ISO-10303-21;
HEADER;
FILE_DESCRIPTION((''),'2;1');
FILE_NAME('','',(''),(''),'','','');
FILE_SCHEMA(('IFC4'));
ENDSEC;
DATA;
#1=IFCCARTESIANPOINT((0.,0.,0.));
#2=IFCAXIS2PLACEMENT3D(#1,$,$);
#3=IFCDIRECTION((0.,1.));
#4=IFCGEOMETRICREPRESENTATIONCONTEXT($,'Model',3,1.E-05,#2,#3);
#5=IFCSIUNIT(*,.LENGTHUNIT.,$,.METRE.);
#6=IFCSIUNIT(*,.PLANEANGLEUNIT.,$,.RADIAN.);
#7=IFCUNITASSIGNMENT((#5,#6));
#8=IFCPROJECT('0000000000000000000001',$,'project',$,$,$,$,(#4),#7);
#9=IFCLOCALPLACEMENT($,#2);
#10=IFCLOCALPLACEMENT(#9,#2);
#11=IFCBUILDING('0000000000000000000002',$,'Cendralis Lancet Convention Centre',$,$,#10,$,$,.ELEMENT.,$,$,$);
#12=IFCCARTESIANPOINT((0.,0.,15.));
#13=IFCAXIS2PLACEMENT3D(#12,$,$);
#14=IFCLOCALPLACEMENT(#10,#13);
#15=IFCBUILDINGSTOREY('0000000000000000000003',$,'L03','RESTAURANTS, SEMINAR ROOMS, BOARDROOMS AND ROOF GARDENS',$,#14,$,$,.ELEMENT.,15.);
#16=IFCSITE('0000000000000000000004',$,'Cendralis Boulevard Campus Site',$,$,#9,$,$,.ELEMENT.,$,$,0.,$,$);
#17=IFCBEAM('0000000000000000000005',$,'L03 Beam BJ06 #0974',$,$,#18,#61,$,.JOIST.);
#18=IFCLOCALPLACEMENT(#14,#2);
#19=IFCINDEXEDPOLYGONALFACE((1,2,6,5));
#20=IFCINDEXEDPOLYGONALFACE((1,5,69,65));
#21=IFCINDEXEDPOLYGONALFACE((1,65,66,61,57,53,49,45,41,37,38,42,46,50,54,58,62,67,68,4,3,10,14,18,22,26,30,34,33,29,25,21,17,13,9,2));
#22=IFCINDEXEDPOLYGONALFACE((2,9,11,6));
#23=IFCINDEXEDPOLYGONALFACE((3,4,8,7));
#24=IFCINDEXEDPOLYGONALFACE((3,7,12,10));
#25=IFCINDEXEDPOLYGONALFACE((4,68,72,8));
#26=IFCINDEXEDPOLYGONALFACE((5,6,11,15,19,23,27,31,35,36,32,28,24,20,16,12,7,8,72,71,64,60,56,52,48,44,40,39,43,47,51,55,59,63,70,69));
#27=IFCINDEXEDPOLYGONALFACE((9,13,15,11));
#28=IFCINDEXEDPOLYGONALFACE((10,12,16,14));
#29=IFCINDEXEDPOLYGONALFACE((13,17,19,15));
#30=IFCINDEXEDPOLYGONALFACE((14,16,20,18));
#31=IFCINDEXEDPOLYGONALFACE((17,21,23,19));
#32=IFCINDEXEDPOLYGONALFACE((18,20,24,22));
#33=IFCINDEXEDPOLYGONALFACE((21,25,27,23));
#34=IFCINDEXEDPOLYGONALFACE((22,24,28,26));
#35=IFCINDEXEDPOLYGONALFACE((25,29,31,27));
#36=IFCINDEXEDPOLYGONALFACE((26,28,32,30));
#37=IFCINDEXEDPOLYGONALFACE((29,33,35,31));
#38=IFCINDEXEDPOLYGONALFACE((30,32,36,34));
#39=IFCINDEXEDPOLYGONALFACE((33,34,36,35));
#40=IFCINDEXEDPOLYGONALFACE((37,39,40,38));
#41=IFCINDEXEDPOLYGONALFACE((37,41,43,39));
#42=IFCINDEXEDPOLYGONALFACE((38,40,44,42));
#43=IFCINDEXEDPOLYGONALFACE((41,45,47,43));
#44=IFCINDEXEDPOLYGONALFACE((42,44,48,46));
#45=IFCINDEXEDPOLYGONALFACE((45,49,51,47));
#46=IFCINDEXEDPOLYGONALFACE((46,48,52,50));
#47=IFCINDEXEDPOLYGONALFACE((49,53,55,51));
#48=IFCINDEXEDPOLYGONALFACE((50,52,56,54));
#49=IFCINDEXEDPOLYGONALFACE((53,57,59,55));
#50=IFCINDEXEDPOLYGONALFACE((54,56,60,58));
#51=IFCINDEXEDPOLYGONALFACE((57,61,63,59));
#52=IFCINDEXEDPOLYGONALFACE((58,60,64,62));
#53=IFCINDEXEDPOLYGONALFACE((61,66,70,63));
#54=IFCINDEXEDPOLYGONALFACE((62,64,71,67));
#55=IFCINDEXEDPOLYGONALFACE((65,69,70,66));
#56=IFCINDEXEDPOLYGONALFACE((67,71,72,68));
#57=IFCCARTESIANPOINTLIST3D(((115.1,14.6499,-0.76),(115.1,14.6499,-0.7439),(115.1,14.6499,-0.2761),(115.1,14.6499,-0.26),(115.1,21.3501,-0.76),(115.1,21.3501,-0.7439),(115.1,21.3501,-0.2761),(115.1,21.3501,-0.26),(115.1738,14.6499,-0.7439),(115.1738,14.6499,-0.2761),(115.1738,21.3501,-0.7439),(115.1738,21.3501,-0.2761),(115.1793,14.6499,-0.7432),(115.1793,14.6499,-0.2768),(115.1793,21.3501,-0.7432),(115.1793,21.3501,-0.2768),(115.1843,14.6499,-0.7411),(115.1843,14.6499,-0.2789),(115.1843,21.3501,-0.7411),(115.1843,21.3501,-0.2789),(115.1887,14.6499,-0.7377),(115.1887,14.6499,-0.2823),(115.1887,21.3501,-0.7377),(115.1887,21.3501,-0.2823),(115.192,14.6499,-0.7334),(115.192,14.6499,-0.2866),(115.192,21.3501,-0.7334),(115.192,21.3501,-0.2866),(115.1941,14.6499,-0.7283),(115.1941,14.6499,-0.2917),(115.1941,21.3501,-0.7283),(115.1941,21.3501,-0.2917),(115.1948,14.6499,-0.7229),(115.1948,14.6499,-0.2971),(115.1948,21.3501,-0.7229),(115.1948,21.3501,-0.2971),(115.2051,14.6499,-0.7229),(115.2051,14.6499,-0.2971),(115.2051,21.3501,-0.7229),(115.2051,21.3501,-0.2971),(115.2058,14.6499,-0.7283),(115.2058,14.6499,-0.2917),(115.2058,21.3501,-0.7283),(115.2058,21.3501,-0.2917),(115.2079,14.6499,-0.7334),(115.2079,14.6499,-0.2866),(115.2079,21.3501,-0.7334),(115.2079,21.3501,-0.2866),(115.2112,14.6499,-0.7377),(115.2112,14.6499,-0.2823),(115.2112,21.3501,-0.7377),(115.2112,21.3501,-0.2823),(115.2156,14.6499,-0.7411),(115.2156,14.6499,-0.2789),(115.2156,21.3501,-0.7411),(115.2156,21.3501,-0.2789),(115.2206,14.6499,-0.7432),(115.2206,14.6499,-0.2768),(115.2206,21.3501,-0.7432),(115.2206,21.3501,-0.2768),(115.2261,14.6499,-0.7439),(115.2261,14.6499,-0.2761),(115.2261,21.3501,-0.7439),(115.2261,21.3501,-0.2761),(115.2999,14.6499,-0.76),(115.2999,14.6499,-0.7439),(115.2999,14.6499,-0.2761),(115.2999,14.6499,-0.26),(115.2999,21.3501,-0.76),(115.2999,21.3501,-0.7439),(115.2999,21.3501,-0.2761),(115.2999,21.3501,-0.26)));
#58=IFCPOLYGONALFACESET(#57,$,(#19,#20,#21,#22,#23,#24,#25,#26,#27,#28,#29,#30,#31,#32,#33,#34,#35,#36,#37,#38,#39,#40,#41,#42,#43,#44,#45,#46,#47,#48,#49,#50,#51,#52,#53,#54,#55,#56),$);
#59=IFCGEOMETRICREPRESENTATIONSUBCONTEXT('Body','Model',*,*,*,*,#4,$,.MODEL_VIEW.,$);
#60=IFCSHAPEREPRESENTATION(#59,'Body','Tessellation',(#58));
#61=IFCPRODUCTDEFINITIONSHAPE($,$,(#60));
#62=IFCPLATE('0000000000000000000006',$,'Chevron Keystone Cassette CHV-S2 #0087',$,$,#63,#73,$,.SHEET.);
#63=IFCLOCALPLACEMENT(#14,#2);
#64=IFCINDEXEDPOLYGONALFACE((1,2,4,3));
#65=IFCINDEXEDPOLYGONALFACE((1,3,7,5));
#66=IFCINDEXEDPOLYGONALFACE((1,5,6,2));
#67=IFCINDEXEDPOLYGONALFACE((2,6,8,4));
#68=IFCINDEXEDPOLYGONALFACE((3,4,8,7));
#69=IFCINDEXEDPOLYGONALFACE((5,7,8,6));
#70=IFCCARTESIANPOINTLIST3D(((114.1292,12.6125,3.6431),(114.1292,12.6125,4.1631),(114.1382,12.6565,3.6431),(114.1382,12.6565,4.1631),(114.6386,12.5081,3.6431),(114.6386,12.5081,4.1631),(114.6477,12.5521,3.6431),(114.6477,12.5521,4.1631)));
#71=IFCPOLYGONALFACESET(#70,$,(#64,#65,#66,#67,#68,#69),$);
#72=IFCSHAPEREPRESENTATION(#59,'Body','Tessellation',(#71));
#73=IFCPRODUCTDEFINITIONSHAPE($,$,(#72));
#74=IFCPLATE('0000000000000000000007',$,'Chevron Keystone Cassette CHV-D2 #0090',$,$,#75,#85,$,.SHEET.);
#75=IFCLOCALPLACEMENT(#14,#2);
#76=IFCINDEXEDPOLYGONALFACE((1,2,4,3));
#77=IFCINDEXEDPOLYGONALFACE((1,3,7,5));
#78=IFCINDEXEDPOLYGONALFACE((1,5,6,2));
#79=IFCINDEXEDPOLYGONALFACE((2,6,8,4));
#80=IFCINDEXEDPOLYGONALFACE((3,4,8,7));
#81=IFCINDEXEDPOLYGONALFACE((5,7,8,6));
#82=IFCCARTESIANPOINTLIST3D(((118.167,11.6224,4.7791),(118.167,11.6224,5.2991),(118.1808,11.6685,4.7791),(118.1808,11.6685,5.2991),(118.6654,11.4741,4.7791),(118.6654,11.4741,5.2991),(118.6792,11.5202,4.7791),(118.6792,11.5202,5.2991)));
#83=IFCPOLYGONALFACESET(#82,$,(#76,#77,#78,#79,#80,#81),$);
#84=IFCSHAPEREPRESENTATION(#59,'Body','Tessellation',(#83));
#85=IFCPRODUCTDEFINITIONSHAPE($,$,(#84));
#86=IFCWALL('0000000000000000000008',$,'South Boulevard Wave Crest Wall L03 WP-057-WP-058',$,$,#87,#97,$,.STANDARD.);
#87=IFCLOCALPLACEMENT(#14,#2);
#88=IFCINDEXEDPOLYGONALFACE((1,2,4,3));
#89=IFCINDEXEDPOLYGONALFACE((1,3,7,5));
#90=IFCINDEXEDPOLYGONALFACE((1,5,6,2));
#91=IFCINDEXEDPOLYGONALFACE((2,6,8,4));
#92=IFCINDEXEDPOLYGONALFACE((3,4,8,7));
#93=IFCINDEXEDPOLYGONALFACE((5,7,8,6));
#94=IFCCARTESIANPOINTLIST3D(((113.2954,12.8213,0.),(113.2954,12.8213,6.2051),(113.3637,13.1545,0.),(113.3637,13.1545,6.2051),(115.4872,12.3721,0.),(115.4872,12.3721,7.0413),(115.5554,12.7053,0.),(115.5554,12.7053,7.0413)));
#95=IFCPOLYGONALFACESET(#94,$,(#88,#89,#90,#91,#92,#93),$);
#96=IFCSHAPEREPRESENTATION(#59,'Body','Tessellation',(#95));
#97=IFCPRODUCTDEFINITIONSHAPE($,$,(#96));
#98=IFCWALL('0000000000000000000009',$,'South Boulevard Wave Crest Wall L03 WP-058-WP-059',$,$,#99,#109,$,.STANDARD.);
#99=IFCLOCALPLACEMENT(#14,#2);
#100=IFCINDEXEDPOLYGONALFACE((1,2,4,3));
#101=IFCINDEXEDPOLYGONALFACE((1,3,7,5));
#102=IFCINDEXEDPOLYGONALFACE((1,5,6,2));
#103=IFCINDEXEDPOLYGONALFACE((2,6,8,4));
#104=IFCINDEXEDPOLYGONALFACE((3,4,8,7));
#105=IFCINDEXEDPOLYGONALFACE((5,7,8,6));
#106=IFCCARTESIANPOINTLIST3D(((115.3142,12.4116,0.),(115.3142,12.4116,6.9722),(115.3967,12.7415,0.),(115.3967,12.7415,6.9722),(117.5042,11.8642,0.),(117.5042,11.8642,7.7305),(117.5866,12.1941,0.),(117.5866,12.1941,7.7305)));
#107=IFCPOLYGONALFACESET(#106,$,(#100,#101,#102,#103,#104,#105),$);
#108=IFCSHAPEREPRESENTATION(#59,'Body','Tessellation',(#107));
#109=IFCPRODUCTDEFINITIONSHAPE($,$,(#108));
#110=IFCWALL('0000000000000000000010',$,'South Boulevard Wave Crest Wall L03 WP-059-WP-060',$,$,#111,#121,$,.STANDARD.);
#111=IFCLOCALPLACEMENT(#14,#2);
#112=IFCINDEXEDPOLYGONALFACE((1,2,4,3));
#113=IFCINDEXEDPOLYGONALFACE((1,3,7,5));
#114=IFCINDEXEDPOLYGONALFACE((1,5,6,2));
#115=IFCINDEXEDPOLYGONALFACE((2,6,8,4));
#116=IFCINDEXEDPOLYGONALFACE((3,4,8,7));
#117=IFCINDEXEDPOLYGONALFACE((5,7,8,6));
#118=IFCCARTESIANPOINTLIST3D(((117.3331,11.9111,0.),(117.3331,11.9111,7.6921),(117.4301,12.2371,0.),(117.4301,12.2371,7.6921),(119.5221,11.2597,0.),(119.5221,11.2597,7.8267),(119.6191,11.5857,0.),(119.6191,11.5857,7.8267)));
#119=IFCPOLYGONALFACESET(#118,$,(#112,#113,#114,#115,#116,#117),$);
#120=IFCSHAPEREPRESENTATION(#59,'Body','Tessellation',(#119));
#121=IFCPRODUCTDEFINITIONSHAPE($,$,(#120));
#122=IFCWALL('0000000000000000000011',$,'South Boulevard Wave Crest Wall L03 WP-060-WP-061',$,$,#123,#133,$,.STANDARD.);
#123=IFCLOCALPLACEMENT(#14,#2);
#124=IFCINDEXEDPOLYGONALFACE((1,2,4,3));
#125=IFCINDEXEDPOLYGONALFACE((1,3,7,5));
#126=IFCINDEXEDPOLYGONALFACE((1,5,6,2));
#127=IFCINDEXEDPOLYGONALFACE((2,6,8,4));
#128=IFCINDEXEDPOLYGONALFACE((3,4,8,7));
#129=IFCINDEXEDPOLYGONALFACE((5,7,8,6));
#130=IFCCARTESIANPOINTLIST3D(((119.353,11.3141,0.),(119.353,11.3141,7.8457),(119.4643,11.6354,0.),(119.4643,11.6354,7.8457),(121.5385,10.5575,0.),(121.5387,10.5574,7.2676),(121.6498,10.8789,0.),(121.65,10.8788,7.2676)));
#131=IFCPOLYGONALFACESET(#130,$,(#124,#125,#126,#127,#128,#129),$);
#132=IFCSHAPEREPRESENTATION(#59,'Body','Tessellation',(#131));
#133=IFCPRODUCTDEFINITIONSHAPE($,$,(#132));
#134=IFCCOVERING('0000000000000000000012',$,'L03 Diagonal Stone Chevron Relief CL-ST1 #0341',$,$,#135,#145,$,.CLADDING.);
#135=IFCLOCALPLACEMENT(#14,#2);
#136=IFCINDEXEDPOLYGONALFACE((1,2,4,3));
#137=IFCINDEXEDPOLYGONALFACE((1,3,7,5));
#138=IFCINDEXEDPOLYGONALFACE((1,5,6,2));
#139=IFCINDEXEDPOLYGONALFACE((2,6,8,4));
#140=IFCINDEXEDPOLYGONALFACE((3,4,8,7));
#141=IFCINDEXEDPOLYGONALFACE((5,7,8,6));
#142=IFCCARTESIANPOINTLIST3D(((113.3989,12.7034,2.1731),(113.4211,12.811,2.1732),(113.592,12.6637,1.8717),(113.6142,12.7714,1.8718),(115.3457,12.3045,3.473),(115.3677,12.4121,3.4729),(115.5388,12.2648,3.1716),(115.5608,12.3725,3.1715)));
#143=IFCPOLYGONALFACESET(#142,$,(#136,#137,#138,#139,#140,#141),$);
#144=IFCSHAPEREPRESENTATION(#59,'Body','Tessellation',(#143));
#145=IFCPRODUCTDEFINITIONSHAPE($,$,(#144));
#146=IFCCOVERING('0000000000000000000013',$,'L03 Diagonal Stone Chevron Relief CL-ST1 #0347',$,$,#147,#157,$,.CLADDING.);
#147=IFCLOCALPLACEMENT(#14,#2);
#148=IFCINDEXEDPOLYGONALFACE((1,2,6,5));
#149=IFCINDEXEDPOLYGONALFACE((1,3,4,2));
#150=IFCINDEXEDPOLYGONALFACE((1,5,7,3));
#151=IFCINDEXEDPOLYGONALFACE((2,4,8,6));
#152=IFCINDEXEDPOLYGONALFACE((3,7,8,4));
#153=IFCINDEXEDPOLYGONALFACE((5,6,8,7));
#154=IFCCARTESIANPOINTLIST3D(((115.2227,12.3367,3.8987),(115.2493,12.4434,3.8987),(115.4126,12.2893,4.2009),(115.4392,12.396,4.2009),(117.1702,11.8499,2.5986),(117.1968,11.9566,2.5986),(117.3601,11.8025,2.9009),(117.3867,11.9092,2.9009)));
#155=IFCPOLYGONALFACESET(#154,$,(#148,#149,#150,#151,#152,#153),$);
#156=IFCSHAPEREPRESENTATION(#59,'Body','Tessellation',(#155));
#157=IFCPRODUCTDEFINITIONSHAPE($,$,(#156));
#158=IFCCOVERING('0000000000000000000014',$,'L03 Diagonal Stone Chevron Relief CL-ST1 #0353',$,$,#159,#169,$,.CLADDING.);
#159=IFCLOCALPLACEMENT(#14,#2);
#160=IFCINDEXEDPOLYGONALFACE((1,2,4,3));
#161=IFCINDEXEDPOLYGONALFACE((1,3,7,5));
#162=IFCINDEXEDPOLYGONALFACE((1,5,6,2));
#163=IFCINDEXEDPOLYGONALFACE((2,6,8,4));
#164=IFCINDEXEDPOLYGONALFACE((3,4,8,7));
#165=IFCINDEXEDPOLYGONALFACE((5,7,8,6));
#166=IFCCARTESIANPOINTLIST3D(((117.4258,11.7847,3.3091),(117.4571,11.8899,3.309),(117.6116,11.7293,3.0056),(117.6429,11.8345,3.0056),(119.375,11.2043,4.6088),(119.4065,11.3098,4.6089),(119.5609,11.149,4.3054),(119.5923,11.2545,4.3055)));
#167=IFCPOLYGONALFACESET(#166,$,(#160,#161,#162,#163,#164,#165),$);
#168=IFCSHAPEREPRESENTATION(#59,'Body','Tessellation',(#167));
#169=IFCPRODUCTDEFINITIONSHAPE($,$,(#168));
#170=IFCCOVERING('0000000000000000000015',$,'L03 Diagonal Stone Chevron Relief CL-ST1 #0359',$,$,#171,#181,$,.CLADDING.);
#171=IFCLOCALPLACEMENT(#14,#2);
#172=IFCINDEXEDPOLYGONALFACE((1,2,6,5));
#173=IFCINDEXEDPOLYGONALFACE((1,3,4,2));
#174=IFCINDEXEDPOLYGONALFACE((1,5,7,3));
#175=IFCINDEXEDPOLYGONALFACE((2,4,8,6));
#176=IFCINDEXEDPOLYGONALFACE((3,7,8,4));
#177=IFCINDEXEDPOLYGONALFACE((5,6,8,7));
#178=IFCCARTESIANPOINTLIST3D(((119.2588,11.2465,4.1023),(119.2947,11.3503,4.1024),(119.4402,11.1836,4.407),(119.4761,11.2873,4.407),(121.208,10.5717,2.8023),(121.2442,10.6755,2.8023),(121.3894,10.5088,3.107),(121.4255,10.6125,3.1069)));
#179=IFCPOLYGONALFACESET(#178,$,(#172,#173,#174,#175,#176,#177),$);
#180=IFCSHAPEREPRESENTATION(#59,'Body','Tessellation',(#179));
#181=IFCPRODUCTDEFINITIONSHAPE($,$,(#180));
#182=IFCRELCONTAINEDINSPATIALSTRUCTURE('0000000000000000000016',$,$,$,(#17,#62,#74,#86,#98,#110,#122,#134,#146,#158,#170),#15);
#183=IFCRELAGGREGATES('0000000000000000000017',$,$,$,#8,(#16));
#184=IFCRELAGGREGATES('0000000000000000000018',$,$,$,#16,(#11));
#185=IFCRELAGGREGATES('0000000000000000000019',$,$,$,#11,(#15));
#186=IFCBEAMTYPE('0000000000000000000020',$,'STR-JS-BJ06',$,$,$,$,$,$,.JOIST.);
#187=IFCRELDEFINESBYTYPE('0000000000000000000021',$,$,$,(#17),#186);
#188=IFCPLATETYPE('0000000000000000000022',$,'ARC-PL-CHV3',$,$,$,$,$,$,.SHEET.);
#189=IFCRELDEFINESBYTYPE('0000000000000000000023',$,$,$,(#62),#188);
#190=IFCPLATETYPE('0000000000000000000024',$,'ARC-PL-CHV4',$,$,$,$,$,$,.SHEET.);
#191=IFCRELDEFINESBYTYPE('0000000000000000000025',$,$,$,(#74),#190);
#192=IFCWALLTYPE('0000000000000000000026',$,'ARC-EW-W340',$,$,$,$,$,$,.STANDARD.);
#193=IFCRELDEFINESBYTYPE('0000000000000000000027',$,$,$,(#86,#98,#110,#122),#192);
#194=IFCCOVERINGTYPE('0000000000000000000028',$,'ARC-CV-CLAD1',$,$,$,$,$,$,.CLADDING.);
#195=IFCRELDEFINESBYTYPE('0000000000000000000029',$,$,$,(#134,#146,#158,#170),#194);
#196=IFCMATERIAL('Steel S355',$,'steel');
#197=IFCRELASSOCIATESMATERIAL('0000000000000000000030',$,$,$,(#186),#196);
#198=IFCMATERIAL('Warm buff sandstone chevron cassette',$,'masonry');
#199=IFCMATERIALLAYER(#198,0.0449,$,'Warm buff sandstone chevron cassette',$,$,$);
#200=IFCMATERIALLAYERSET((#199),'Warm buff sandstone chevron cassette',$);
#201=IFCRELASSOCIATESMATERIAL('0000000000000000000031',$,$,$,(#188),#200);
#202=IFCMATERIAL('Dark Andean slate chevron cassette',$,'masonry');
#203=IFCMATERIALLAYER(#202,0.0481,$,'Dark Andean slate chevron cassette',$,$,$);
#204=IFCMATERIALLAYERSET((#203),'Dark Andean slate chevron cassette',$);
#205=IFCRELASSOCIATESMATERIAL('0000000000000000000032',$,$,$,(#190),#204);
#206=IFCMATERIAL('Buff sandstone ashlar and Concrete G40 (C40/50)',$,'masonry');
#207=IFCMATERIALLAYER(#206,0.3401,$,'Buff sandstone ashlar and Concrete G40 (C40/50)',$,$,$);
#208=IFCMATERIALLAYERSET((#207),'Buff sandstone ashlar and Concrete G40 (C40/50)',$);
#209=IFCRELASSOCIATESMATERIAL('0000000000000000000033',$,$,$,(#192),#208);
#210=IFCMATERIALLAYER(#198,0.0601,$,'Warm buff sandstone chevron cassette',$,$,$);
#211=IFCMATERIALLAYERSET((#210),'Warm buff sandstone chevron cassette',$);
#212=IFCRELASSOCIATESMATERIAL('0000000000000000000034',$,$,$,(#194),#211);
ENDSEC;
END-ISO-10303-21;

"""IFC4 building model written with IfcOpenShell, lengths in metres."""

from ifc_helpers import new_model, si_unit, direction, frame, origin, origin_2d, place, context, subcontext, project, spatial, polyline, rectangle, i_section, outline, extrude, material, layer, layer_set, material_profile, profile_set, type_object, element, save


model = new_model("IFC4")

# Units and contexts
model_context = context("Model", 3, precision=1e-05, world=origin(), true_north=direction((0.0, 1.0)))
body_context = subcontext(model_context, "Body", "Model", "MODEL_VIEW")
ifc_project = project(units=[si_unit("LENGTHUNIT", "METRE"), si_unit("PLANEANGLEUNIT", "RADIAN")], contexts=[model_context])

# Site, building, storey
site_placement = place(None, origin())
site = spatial("IfcSite", under=ifc_project, at=site_placement, Name="Cendralis Boulevard Campus Site", CompositionType="ELEMENT", RefElevation=0.0)
building_placement = place(site_placement, origin())
building = spatial("IfcBuilding", under=site, at=building_placement, Name="Cendralis Lancet Convention Centre", CompositionType="ELEMENT")
storey_placement = place(building_placement, frame((0.0, 0.0, 15.0)))
storey = spatial("IfcBuildingStorey", under=building, at=storey_placement, Name="L03", Description="RESTAURANTS, SEMINAR ROOMS, BOARDROOMS AND ROOF GARDENS", CompositionType="ELEMENT", Elevation=15.0)

# Beam
ifc_material_1 = material(Name="Steel S355", Category="steel")
ifc_material_profile = material_profile(ifc_material_1, i_section(OverallWidth=0.2, OverallDepth=0.5, WebThickness=0.0103, FlangeThickness=0.0161, FilletRadius=0.021, at=origin_2d()), Name="IPE 500")
ifc_profile_set = profile_set([ifc_material_profile], Name="Steel S355")
beam_type = type_object("IfcBeamType", Name="STR-JS-BJ06", PredefinedType="JOIST", material=ifc_profile_set)
beam_placement = place(storey_placement, frame((115.2, 14.6499, -0.51), z_axis=(0.0, 1.0, 0.0), x_axis=(-1.0, 0.0, 0.0)))
element("IfcBeam", 1, at=beam_placement, inside=storey, type_object=beam_type, Name="L03 Beam BJ06 #0974", PredefinedType="JOIST", context=body_context, shape_type="SweptSolid", body=[
    extrude(i_section(OverallWidth=0.2, OverallDepth=0.5, WebThickness=0.0103, FlangeThickness=0.0161, FilletRadius=0.021, at=origin_2d()), origin(), (0.0, 0.0, 1.0), 6.7002),
])

# Plates
ifc_material_2 = material(Name="Warm buff sandstone chevron cassette", Category="masonry")
ifc_layer_1 = layer(ifc_material_2, 0.0449, Name="Warm buff sandstone chevron cassette")
ifc_layer_set_1 = layer_set([ifc_layer_1], Name="Warm buff sandstone chevron cassette")
plate_type_1 = type_object("IfcPlateType", Name="ARC-PL-CHV3", PredefinedType="SHEET", material=ifc_layer_set_1)
plate_1_placement = place(storey_placement, frame((114.3884, 12.5823, 3.6431), z_axis=(0.0, 0.0, 1.0), x_axis=(0.979638, -0.20077, 0.0)))
element("IfcPlate", 2, at=plate_1_placement, inside=storey, type_object=plate_type_1, Name="Chevron Keystone Cassette CHV-S2 #0087", PredefinedType="SHEET", context=body_context, shape_type="SweptSolid", body=[
    extrude(rectangle(XDim=0.52, YDim=0.0449, at=origin_2d()), origin(), (0.0, 0.0, 1.0), 0.52),
])
ifc_material_3 = material(Name="Dark Andean slate chevron cassette", Category="masonry")
ifc_layer_2 = layer(ifc_material_3, 0.0481, Name="Dark Andean slate chevron cassette")
ifc_layer_set_2 = layer_set([ifc_layer_2], Name="Dark Andean slate chevron cassette")
plate_type_2 = type_object("IfcPlateType", Name="ARC-PL-CHV4", PredefinedType="SHEET", material=ifc_layer_set_2)
plate_2_placement = place(storey_placement, frame((118.4231, 11.5713, 4.7791), z_axis=(0.0, 0.0, 1.0), x_axis=(0.958447, -0.28527, 0.0)))
element("IfcPlate", 3, at=plate_2_placement, inside=storey, type_object=plate_type_2, Name="Chevron Keystone Cassette CHV-D2 #0090", PredefinedType="SHEET", context=body_context, shape_type="SweptSolid", body=[
    extrude(rectangle(XDim=0.52, YDim=0.0481, at=origin_2d()), origin(), (0.0, 0.0, 1.0), 0.52),
])

# Walls
ifc_material_4 = material(Name="Buff sandstone ashlar and Concrete G40 (C40/50)", Category="masonry")
ifc_layer_3 = layer(ifc_material_4, 0.3401, Name="Buff sandstone ashlar and Concrete G40 (C40/50)")
ifc_layer_set_3 = layer_set([ifc_layer_3], Name="Buff sandstone ashlar and Concrete G40 (C40/50)")
wall_type = type_object("IfcWallType", Name="ARC-EW-W340", PredefinedType="STANDARD", material=ifc_layer_set_3)
wall_1_placement = place(storey_placement, frame((113.3296, 12.988, 0.0), z_axis=(0.0, 0.0, 1.0), x_axis=(0.979634, -0.200794, 0.0)))
element("IfcWall", 4, at=wall_1_placement, inside=storey, type_object=wall_type, Name="South Boulevard Wave Crest Wall L03 WP-057-WP-058", PredefinedType="STANDARD", context=body_context, shape_type="SweptSolid", body=[
    extrude(outline(polyline([(0.0, 0.0), (2.2373, 0.0), (2.2373, 7.0413), (0.0, 6.2051), (0.0, 0.0)])), frame((0.0, 0.1699, 0.0), z_axis=(0.0, -1.0, 0.0), x_axis=(1.0, 0.0, 0.0)), (0.0, 0.0, 1.0), 0.3401),
])
wall_2_placement = place(storey_placement, frame((115.3555, 12.5767, 0.0), z_axis=(0.0, 0.0, 1.0), x_axis=(0.970155, -0.242485, 0.0)))
element("IfcWall", 5, at=wall_2_placement, inside=storey, type_object=wall_type, Name="South Boulevard Wave Crest Wall L03 WP-058-WP-059", PredefinedType="STANDARD", context=body_context, shape_type="SweptSolid", body=[
    extrude(outline(polyline([(0.0, 0.0), (2.2573, 0.0), (2.2573, 7.7305), (0.0, 6.9722), (0.0, 0.0)])), frame((0.0, 0.1699, 0.0), z_axis=(0.0, -1.0, 0.0), x_axis=(1.0, 0.0, 0.0)), (0.0, 0.0, 1.0), 0.3401),
])
wall_3_placement = place(storey_placement, frame((117.3816, 12.0742, 0.0), z_axis=(0.0, 0.0, 1.0), x_axis=(0.958465, -0.285209, 0.0)))
element("IfcWall", 6, at=wall_3_placement, inside=storey, type_object=wall_type, Name="South Boulevard Wave Crest Wall L03 WP-059-WP-060", PredefinedType="STANDARD", context=body_context, shape_type="SweptSolid", body=[
    extrude(outline(polyline([(0.0, 0.0), (2.2839, 0.0), (2.2839, 7.8267), (0.0, 7.6921), (0.0, 0.0)])), frame((0.0, 0.1699, 0.0), z_axis=(0.0, -1.0, 0.0), x_axis=(1.0, 0.0, 0.0)), (0.0, 0.0, 1.0), 0.3401),
])
wall_4_placement = place(storey_placement, frame((119.4087, 11.4749, 0.0), z_axis=(0.0, 0.0, 1.0), x_axis=(0.944979, -0.327132, 0.0)))
element("IfcWall", 7, at=wall_4_placement, inside=storey, type_object=wall_type, Name="South Boulevard Wave Crest Wall L03 WP-060-WP-061", PredefinedType="STANDARD", context=body_context, shape_type="SweptSolid", body=[
    extrude(outline(polyline([(0.0, 0.0), (2.3127, 0.0), (2.313, 7.2676), (0.0, 7.8457), (0.0, 0.0)])), frame((0.0, 0.1699, 0.0), z_axis=(0.0, -1.0, 0.0), x_axis=(1.0, 0.0, 0.0)), (0.0, 0.0, 1.0), 0.3401),
])

# Coverings
ifc_layer_4 = layer(ifc_material_2, 0.0601, Name="Warm buff sandstone chevron cassette")
ifc_layer_set_4 = layer_set([ifc_layer_4], Name="Warm buff sandstone chevron cassette")
covering_type_1 = type_object("IfcCoveringType", Name="ARC-CV-CLAD1", PredefinedType="CLADDING", material=ifc_layer_set_4)
covering_1_placement = place(storey_placement, frame((113.3989, 12.7034, 2.1731), z_axis=(-0.536234, 0.110043, 0.836865), x_axis=(0.81983, -0.167996, 0.547409)))
element("IfcCovering", 8, at=covering_1_placement, inside=storey, type_object=covering_type_1, Name="L03 Diagonal Stone Chevron Relief CL-ST1 #0341", PredefinedType="CLADDING", context=body_context, shape_type="SweptSolid", body=[
    extrude(outline(polyline([(0.0, 0.0), (2.3746, 0.0), (2.3745, 0.1099), (0.0001, 0.1099), (0.0, 0.0)])), origin(), (0.0, 0.0, -1.0), 0.3601),
])
covering_2_placement = place(storey_placement, frame((115.4126, 12.2893, 4.2009), z_axis=(0.527423, -0.131554, 0.839356), x_axis=(0.814301, -0.20355, -0.543582)))
element("IfcCovering", 9, at=covering_2_placement, inside=storey, type_object=covering_type_1, Name="L03 Diagonal Stone Chevron Relief CL-ST1 #0347", PredefinedType="CLADDING", context=body_context, shape_type="SweptSolid", body=[
    extrude(outline(polyline([(0.0, 0.0), (2.3916, 0.0), (2.3916, 0.11), (0.0, 0.11), (0.0, 0.0)])), origin(), (0.0, 0.0, -1.0), 0.3601),
])
covering_3_placement = place(storey_placement, frame((117.4258, 11.7847, 3.3091), z_axis=(-0.516107, 0.153696, 0.842621), x_axis=(0.80759, -0.240436, 0.538506)))
element("IfcCovering", 10, at=covering_3_placement, inside=storey, type_object=covering_type_1, Name="L03 Diagonal Stone Chevron Relief CL-ST1 #0353", PredefinedType="CLADDING", context=body_context, shape_type="SweptSolid", body=[
    extrude(outline(polyline([(0.0, 0.0), (2.4137, 0.0), (2.4137, 0.1101), (-0.0001, 0.1098), (0.0, 0.0)])), origin(), (0.0, 0.0, -1.0), 0.3601),
])
covering_4_placement = place(storey_placement, frame((119.4402, 11.1836, 4.407), z_axis=(0.5037, -0.174814, 0.846006), x_axis=(0.799454, -0.276765, -0.533173)))
element("IfcCovering", 11, at=covering_4_placement, inside=storey, type_object=covering_type_1, Name="L03 Diagonal Stone Chevron Relief CL-ST1 #0359", PredefinedType="CLADDING", context=body_context, shape_type="SweptSolid", body=[
    extrude(outline(polyline([(0.0, 0.0), (2.4382, 0.0), (2.4384, 0.1099), (0.0, 0.1098), (0.0, 0.0)])), origin(), (0.0, 0.0, -1.0), 0.3601),
])

save(model, "model.ifc")
